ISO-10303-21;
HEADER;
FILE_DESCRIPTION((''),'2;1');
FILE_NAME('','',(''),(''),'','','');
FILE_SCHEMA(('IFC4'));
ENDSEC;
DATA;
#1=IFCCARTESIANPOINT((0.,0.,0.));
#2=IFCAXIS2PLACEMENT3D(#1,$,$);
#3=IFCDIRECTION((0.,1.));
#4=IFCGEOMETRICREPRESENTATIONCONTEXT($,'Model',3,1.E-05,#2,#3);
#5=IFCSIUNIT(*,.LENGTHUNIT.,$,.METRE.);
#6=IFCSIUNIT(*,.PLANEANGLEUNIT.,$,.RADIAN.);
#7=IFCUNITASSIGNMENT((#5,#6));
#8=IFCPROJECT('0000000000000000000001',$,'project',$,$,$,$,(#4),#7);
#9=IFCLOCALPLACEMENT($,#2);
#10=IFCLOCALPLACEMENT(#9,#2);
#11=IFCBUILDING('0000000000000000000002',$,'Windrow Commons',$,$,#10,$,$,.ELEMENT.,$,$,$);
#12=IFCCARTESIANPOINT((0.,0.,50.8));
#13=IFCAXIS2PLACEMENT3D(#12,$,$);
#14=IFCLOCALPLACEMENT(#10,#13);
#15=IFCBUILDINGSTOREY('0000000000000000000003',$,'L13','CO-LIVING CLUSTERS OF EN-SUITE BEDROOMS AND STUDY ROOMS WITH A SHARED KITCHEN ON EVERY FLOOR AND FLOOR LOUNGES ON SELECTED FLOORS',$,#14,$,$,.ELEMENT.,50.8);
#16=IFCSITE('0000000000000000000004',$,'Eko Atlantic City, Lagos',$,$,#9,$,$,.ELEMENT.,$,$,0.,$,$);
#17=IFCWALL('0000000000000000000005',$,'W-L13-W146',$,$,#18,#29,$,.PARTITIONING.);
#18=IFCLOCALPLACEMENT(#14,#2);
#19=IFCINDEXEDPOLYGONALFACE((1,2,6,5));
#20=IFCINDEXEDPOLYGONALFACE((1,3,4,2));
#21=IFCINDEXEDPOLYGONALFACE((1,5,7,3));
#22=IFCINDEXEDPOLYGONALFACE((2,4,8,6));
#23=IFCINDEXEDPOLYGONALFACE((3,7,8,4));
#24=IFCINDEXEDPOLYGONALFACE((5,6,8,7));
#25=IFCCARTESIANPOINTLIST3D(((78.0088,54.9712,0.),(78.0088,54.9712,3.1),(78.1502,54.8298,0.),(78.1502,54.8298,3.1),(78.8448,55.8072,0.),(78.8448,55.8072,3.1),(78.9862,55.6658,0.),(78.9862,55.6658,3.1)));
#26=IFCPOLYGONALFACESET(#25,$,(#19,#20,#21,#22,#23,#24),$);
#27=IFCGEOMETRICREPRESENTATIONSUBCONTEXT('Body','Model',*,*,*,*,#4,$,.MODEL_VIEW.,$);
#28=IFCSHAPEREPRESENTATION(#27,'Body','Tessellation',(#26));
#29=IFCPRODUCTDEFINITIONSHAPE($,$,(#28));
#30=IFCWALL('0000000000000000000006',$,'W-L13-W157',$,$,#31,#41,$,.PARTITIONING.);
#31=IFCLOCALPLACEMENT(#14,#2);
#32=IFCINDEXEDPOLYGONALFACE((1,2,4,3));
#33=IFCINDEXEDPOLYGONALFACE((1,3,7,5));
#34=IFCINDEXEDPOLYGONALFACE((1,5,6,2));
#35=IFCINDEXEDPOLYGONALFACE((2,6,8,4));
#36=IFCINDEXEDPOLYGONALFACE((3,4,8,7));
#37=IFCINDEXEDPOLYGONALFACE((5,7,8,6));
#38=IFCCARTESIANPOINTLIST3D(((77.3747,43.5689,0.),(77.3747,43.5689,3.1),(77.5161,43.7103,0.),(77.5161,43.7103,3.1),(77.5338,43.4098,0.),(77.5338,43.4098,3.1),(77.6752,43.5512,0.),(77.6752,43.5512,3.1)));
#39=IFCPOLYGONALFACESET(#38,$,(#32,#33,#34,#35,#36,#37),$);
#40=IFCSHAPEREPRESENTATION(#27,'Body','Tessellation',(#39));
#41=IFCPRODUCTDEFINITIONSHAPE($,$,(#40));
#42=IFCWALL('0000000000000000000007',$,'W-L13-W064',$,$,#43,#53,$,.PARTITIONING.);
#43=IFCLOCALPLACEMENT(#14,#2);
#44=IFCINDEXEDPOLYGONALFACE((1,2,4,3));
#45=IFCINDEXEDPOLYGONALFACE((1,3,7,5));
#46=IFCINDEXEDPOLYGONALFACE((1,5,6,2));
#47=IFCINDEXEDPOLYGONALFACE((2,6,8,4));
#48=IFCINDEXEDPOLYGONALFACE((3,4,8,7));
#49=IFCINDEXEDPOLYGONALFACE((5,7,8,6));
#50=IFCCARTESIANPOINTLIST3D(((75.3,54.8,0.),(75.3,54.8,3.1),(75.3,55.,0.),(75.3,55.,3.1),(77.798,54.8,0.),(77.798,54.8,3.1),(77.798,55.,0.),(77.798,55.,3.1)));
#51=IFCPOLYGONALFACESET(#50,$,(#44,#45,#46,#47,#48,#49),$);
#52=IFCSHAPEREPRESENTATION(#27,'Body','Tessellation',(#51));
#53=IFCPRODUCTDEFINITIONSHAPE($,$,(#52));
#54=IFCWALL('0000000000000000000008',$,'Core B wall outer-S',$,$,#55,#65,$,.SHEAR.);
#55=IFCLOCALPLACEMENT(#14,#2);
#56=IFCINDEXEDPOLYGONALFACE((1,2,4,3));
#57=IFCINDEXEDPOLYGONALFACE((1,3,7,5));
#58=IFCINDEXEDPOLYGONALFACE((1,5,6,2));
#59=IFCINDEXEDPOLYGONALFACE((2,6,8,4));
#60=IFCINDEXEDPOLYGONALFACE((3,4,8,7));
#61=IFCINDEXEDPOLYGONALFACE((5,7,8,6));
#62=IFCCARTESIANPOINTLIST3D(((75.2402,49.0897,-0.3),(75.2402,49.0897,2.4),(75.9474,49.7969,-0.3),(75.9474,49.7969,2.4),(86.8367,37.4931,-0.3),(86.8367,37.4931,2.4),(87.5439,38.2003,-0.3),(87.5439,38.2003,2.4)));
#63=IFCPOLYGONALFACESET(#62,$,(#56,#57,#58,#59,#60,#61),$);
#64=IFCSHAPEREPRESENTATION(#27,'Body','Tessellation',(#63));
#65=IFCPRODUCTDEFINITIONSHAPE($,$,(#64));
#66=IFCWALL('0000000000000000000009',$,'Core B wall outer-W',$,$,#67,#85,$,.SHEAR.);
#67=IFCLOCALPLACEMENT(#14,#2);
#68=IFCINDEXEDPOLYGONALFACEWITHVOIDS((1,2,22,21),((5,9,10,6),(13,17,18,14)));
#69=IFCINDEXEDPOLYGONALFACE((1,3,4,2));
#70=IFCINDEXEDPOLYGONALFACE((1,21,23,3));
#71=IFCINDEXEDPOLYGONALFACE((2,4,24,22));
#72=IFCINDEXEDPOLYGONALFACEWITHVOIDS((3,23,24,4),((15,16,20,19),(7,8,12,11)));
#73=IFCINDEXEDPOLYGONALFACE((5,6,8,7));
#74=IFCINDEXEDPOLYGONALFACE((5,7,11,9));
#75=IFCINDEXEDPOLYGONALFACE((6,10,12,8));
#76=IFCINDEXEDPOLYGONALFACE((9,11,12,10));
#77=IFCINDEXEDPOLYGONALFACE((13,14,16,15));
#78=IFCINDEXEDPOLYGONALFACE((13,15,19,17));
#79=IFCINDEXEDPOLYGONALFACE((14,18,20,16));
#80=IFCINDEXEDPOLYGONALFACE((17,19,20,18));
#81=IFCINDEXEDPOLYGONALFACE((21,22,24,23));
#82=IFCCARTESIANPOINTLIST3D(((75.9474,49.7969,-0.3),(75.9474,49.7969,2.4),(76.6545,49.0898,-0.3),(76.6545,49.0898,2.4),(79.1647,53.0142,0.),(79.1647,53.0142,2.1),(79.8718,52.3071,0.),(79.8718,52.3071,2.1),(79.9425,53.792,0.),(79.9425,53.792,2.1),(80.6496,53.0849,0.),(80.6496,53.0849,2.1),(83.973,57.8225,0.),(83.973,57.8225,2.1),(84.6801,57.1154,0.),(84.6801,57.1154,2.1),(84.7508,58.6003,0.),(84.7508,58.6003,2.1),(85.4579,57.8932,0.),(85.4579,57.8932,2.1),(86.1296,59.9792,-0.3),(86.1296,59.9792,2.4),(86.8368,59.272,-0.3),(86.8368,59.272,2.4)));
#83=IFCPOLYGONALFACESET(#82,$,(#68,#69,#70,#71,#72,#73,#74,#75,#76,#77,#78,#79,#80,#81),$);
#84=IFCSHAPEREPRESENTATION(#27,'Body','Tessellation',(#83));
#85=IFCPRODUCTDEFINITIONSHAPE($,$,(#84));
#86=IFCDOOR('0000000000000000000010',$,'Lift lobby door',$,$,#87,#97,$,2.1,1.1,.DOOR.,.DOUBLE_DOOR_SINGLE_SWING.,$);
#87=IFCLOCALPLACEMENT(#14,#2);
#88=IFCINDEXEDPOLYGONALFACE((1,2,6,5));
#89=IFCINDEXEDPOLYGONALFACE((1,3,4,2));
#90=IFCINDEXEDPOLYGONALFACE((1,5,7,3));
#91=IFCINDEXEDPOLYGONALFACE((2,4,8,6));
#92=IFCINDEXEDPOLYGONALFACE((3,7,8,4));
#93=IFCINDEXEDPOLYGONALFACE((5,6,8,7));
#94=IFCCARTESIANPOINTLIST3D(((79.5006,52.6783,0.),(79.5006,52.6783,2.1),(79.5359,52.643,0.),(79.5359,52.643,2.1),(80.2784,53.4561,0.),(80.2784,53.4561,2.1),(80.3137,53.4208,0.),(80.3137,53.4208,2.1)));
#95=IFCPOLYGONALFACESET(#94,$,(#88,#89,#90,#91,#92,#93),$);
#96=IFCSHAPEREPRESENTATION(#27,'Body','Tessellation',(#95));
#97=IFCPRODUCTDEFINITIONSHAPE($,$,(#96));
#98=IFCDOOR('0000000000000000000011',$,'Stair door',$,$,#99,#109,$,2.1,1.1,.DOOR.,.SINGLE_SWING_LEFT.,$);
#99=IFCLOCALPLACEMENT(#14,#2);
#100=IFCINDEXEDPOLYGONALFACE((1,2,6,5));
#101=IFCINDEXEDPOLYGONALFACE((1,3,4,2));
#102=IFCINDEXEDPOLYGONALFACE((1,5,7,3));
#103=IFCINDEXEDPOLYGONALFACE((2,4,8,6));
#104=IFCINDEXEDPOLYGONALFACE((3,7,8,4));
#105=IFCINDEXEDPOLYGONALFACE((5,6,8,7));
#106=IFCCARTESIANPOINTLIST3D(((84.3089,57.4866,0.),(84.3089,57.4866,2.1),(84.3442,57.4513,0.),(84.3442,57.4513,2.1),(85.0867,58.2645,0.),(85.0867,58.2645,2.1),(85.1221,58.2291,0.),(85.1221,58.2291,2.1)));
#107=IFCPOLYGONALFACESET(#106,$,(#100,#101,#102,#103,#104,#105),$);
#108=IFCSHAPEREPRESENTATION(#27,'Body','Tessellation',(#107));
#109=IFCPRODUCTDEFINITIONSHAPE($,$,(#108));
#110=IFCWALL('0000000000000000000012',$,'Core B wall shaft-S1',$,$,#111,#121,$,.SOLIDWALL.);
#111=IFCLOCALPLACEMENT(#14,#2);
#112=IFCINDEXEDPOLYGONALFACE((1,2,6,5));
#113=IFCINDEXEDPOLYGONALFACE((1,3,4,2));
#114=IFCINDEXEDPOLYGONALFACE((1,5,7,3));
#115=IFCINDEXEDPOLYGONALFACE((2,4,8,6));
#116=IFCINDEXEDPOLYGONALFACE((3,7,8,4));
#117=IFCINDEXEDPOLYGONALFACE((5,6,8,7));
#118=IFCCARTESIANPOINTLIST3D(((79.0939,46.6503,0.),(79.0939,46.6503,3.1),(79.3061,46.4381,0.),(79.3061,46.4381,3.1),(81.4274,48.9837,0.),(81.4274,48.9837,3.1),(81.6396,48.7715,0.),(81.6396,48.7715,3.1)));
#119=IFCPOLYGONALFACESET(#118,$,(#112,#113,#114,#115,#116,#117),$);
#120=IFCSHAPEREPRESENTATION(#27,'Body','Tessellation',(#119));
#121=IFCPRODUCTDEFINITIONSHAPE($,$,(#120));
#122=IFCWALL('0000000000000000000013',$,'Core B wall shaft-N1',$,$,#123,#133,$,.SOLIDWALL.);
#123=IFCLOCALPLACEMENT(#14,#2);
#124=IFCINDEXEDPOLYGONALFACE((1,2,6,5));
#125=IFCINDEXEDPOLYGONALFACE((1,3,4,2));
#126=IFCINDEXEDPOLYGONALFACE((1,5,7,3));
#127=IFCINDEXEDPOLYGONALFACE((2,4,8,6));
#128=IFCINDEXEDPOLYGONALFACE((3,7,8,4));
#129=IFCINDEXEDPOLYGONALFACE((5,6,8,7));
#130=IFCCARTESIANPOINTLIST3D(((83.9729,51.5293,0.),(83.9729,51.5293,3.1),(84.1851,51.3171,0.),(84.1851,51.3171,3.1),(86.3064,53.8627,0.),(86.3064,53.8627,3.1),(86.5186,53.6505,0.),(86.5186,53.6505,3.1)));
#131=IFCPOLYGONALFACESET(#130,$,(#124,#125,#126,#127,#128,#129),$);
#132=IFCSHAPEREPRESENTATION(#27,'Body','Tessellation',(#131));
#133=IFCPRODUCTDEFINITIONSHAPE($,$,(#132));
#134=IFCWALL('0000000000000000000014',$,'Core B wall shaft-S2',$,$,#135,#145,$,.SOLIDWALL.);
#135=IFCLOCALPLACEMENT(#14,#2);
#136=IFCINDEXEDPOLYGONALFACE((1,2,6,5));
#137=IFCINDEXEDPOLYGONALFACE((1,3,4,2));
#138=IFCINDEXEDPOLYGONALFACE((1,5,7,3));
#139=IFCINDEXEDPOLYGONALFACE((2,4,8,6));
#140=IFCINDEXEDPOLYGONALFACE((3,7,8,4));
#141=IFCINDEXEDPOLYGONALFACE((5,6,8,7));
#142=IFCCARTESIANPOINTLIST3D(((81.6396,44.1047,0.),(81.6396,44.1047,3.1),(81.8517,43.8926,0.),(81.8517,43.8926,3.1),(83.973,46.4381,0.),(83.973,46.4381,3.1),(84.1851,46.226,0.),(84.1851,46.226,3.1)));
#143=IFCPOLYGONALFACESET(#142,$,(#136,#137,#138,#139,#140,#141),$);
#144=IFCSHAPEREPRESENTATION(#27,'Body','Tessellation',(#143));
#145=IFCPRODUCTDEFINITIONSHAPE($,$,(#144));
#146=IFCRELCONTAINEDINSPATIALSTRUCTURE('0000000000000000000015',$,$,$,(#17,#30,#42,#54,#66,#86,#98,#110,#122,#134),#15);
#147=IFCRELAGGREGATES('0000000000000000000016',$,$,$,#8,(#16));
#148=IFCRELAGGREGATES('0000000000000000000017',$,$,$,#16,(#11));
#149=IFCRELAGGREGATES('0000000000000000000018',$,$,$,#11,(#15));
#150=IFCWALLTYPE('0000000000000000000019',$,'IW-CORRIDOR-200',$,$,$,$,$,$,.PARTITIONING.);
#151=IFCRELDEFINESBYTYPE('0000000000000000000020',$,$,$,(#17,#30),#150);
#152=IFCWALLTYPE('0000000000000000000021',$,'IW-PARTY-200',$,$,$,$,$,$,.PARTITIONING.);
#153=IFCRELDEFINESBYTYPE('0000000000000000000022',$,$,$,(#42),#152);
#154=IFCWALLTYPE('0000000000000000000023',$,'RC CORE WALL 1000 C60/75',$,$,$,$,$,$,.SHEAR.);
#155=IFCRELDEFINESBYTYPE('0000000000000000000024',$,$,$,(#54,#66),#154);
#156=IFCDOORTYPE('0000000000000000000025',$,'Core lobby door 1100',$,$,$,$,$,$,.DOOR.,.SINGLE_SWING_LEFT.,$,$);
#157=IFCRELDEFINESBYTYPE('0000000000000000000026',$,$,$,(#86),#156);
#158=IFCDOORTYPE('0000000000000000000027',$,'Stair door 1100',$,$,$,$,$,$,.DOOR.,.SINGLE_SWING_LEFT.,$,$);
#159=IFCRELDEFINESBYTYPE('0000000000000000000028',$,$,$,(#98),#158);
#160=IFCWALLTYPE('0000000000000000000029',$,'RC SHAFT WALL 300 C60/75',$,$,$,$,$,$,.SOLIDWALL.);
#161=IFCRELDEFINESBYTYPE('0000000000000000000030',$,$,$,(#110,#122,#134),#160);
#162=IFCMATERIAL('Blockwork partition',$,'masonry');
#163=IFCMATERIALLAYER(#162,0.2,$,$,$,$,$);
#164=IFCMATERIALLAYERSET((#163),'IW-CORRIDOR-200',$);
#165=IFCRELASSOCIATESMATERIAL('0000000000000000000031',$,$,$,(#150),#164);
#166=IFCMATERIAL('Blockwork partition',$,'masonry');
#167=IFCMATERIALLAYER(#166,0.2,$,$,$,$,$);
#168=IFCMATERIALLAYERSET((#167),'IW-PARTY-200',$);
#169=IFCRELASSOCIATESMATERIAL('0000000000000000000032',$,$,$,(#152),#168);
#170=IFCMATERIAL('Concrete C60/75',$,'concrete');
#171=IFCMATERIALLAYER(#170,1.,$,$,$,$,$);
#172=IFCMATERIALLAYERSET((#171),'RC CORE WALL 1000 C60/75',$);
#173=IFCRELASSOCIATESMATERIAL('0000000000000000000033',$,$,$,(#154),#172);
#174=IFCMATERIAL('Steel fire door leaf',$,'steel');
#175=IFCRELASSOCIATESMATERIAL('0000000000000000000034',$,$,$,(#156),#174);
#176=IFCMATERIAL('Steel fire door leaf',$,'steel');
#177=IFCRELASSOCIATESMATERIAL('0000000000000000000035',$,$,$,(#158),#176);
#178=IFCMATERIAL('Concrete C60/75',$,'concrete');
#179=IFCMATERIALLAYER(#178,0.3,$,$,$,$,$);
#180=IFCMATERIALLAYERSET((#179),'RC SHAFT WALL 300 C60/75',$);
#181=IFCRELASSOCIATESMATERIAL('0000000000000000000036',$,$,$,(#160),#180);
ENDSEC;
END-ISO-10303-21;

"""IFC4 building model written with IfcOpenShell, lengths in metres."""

from ifc_helpers import new_model, si_unit, direction, frame, frame_2d, origin, place, context, subcontext, project, spatial, rectangle, extrude, material, layer, layer_set, type_object, element, fill, save


model = new_model("IFC4")

# Units and contexts
model_context = context("Model", 3, precision=1e-05, world=origin(), true_north=direction((0.0, 1.0)))
body_context = subcontext(model_context, "Body", "Model", "MODEL_VIEW")
ifc_project = project(units=[si_unit("LENGTHUNIT", "METRE"), si_unit("PLANEANGLEUNIT", "RADIAN")], contexts=[model_context])

# Site, building, storey
site_placement = place(None, origin())
site = spatial("IfcSite", under=ifc_project, at=site_placement, Name="Eko Atlantic City, Lagos", CompositionType="ELEMENT", RefElevation=0.0)
building_placement = place(site_placement, origin())
building = spatial("IfcBuilding", under=site, at=building_placement, Name="Windrow Commons", CompositionType="ELEMENT")
storey_placement = place(building_placement, frame((0.0, 0.0, 50.8)))
storey = spatial("IfcBuildingStorey", under=building, at=storey_placement, Name="L13", Description="CO-LIVING CLUSTERS OF EN-SUITE BEDROOMS AND STUDY ROOMS WITH A SHARED KITCHEN ON EVERY FLOOR AND FLOOR LOUNGES ON SELECTED FLOORS", CompositionType="ELEMENT", Elevation=50.8)

# Shared definitions
ifc_material_1 = material(Name="Blockwork partition", Category="masonry")
ifc_layer_1 = layer(ifc_material_1, 0.2)
ifc_layer_set_1 = layer_set([ifc_layer_1], Name="IW-CORRIDOR-200")
wall_type_1 = type_object("IfcWallType", Name="IW-CORRIDOR-200", PredefinedType="PARTITIONING", material=ifc_layer_set_1)

# Walls
wall_1_placement = place(storey_placement, frame((78.0795, 54.9005, 0.0), z_axis=(0.0, 0.0, 1.0), x_axis=(0.707107, 0.707107, 0.0)))
element("IfcWall", 1, at=wall_1_placement, inside=storey, type_object=wall_type_1, Name="W-L13-W146", PredefinedType="PARTITIONING", context=body_context, shape_type="SweptSolid", body=[
    extrude(rectangle(XDim=1.1823, YDim=0.2, at=frame_2d((0.5911, 0.0))), origin(), (0.0, 0.0, 1.0), 3.1),
])
wall_2_placement = place(storey_placement, frame((77.4454, 43.6396, 0.0), z_axis=(0.0, 0.0, 1.0), x_axis=(0.707107, -0.707107, 0.0)))
element("IfcWall", 2, at=wall_2_placement, inside=storey, type_object=wall_type_1, Name="W-L13-W157", PredefinedType="PARTITIONING", context=body_context, shape_type="SweptSolid", body=[
    extrude(rectangle(XDim=0.225, YDim=0.2, at=frame_2d((0.1125, 0.0))), origin(), (0.0, 0.0, 1.0), 3.1),
])
ifc_material_2 = material(Name="Blockwork partition", Category="masonry")
ifc_layer_2 = layer(ifc_material_2, 0.2)
ifc_layer_set_2 = layer_set([ifc_layer_2], Name="IW-PARTY-200")
wall_type_2 = type_object("IfcWallType", Name="IW-PARTY-200", PredefinedType="PARTITIONING", material=ifc_layer_set_2)
wall_3_placement = place(storey_placement, frame((75.3, 54.9, 0.0), z_axis=(0.0, 0.0, 1.0), x_axis=(1.0, 0.0, 0.0)))
element("IfcWall", 3, at=wall_3_placement, inside=storey, type_object=wall_type_2, Name="W-L13-W064", PredefinedType="PARTITIONING", context=body_context, shape_type="SweptSolid", body=[
    extrude(rectangle(XDim=2.498, YDim=0.2, at=frame_2d((1.249, 0.0))), origin(), (0.0, 0.0, 1.0), 3.1),
])
ifc_material_3 = material(Name="Concrete C60/75", Category="concrete")
ifc_layer_3 = layer(ifc_material_3, 1.0)
ifc_layer_set_3 = layer_set([ifc_layer_3], Name="RC CORE WALL 1000 C60/75")
wall_type_3 = type_object("IfcWallType", Name="RC CORE WALL 1000 C60/75", PredefinedType="SHEAR", material=ifc_layer_set_3)
wall_4_placement = place(storey_placement, frame((75.5938, 49.4433, -0.3), z_axis=(0.0, 0.0, 1.0), x_axis=(0.707104, -0.70711, 0.0)))
element("IfcWall", 4, at=wall_4_placement, inside=storey, type_object=wall_type_3, Name="Core B wall outer-S", PredefinedType="SHEAR", context=body_context, shape_type="SweptSolid", body=[
    extrude(rectangle(XDim=16.4, YDim=1.0, at=frame_2d((8.2, 0.0))), origin(), (0.0, 0.0, 1.0), 2.7),
])

# Wall, openings, doors
wall_5_placement = place(storey_placement, frame((76.3009, 49.4433, -0.3), z_axis=(0.0, 0.0, 1.0), x_axis=(0.707107, 0.707107, 0.0)))
wall_5 = element("IfcWall", 5, at=wall_5_placement, inside=storey, type_object=wall_type_3, Name="Core B wall outer-W", PredefinedType="SHEAR", context=body_context, shape_type="SweptSolid", body=[
    extrude(rectangle(XDim=14.3999, YDim=1.0, at=frame_2d((7.2, 0.0))), origin(), (0.0, 0.0, 1.0), 2.7),
])
opening_1_placement = place(wall_5_placement, frame((4.55, 0.0, 0.3)))
opening_1 = element("IfcOpeningElement", 6, at=opening_1_placement, cuts=wall_5, PredefinedType="OPENING", context=body_context, shape_type="SweptSolid", body=[
    extrude(rectangle(XDim=1.1, YDim=2.1, at=frame_2d((0.55, 1.05))), frame((0.0, 0.51, 0.0), z_axis=(0.0, -1.0, 0.0), x_axis=(1.0, 0.0, 0.0)), (0.0, 0.0, 1.0), 1.02),
])
opening_2_placement = place(wall_5_placement, frame((11.35, 0.0, 0.3)))
opening_2 = element("IfcOpeningElement", 7, at=opening_2_placement, cuts=wall_5, PredefinedType="OPENING", context=body_context, shape_type="SweptSolid", body=[
    extrude(rectangle(XDim=1.1, YDim=2.1, at=frame_2d((0.55, 1.05))), frame((0.0, 0.51, 0.0), z_axis=(0.0, -1.0, 0.0), x_axis=(1.0, 0.0, 0.0)), (0.0, 0.0, 1.0), 1.02),
])
ifc_material_4 = material(Name="Steel fire door leaf", Category="steel")
door_type_1 = type_object("IfcDoorType", Name="Core lobby door 1100", OperationType="SINGLE_SWING_LEFT", PredefinedType="DOOR", material=ifc_material_4)
door_1_placement = place(opening_1_placement, origin())
door_1 = element("IfcDoor", 8, at=door_1_placement, inside=storey, type_object=door_type_1, Name="Lift lobby door", OperationType="DOUBLE_DOOR_SINGLE_SWING", OverallHeight=2.1, OverallWidth=1.1, PredefinedType="DOOR", context=body_context, shape_type="SweptSolid", body=[
    extrude(rectangle(XDim=1.1, YDim=2.1, at=frame_2d((0.55, 1.05))), frame((0.0, 0.025, 0.0), z_axis=(0.0, -1.0, 0.0), x_axis=(1.0, 0.0, 0.0)), (0.0, 0.0, 1.0), 0.05),
])
fill(opening_1, door_1)
ifc_material_5 = material(Name="Steel fire door leaf", Category="steel")
door_type_2 = type_object("IfcDoorType", Name="Stair door 1100", OperationType="SINGLE_SWING_LEFT", PredefinedType="DOOR", material=ifc_material_5)
door_2_placement = place(opening_2_placement, origin())
door_2 = element("IfcDoor", 9, at=door_2_placement, inside=storey, type_object=door_type_2, Name="Stair door", OperationType="SINGLE_SWING_LEFT", OverallHeight=2.1, OverallWidth=1.1, PredefinedType="DOOR", context=body_context, shape_type="SweptSolid", body=[
    extrude(rectangle(XDim=1.1, YDim=2.1, at=frame_2d((0.55, 1.05))), frame((0.0, 0.025, 0.0), z_axis=(0.0, -1.0, 0.0), x_axis=(1.0, 0.0, 0.0)), (0.0, 0.0, 1.0), 0.05),
])
fill(opening_2, door_2)

# Walls
ifc_material_6 = material(Name="Concrete C60/75", Category="concrete")
ifc_layer_4 = layer(ifc_material_6, 0.3)
ifc_layer_set_4 = layer_set([ifc_layer_4], Name="RC SHAFT WALL 300 C60/75")
wall_type_4 = type_object("IfcWallType", Name="RC SHAFT WALL 300 C60/75", PredefinedType="SOLIDWALL", material=ifc_layer_set_4)
for number, where, z_axis, x_axis, name in (
    (10, (79.2, 46.5442, 0.0), (0.0, 0.0, 1.0), (0.707122, 0.707092, 0.0), "Core B wall shaft-S1"),
    (11, (84.079, 51.4232, 0.0), (0.0, 0.0, 1.0), (0.707122, 0.707092, 0.0), "Core B wall shaft-N1"),
):
    element("IfcWall", number, at=place(storey_placement, frame(where, z_axis=z_axis, x_axis=x_axis)), inside=storey, type_object=wall_type_4, Name=name, PredefinedType="SOLIDWALL", context=body_context, shape_type="SweptSolid", body=[
        extrude(rectangle(XDim=3.3, YDim=0.3, at=frame_2d((1.65, 0.0))), origin(), (0.0, 0.0, 1.0), 3.1),
    ])
wall_6_placement = place(storey_placement, frame((81.7456, 43.9986, 0.0), z_axis=(0.0, 0.0, 1.0), x_axis=(0.707107, 0.707107, 0.0)))
element("IfcWall", 12, at=wall_6_placement, inside=storey, type_object=wall_type_4, Name="Core B wall shaft-S2", PredefinedType="SOLIDWALL", context=body_context, shape_type="SweptSolid", body=[
    extrude(rectangle(XDim=3.2999, YDim=0.3, at=frame_2d((1.65, 0.0))), origin(), (0.0, 0.0, 1.0), 3.1),
])

save(model, "model.ifc")
